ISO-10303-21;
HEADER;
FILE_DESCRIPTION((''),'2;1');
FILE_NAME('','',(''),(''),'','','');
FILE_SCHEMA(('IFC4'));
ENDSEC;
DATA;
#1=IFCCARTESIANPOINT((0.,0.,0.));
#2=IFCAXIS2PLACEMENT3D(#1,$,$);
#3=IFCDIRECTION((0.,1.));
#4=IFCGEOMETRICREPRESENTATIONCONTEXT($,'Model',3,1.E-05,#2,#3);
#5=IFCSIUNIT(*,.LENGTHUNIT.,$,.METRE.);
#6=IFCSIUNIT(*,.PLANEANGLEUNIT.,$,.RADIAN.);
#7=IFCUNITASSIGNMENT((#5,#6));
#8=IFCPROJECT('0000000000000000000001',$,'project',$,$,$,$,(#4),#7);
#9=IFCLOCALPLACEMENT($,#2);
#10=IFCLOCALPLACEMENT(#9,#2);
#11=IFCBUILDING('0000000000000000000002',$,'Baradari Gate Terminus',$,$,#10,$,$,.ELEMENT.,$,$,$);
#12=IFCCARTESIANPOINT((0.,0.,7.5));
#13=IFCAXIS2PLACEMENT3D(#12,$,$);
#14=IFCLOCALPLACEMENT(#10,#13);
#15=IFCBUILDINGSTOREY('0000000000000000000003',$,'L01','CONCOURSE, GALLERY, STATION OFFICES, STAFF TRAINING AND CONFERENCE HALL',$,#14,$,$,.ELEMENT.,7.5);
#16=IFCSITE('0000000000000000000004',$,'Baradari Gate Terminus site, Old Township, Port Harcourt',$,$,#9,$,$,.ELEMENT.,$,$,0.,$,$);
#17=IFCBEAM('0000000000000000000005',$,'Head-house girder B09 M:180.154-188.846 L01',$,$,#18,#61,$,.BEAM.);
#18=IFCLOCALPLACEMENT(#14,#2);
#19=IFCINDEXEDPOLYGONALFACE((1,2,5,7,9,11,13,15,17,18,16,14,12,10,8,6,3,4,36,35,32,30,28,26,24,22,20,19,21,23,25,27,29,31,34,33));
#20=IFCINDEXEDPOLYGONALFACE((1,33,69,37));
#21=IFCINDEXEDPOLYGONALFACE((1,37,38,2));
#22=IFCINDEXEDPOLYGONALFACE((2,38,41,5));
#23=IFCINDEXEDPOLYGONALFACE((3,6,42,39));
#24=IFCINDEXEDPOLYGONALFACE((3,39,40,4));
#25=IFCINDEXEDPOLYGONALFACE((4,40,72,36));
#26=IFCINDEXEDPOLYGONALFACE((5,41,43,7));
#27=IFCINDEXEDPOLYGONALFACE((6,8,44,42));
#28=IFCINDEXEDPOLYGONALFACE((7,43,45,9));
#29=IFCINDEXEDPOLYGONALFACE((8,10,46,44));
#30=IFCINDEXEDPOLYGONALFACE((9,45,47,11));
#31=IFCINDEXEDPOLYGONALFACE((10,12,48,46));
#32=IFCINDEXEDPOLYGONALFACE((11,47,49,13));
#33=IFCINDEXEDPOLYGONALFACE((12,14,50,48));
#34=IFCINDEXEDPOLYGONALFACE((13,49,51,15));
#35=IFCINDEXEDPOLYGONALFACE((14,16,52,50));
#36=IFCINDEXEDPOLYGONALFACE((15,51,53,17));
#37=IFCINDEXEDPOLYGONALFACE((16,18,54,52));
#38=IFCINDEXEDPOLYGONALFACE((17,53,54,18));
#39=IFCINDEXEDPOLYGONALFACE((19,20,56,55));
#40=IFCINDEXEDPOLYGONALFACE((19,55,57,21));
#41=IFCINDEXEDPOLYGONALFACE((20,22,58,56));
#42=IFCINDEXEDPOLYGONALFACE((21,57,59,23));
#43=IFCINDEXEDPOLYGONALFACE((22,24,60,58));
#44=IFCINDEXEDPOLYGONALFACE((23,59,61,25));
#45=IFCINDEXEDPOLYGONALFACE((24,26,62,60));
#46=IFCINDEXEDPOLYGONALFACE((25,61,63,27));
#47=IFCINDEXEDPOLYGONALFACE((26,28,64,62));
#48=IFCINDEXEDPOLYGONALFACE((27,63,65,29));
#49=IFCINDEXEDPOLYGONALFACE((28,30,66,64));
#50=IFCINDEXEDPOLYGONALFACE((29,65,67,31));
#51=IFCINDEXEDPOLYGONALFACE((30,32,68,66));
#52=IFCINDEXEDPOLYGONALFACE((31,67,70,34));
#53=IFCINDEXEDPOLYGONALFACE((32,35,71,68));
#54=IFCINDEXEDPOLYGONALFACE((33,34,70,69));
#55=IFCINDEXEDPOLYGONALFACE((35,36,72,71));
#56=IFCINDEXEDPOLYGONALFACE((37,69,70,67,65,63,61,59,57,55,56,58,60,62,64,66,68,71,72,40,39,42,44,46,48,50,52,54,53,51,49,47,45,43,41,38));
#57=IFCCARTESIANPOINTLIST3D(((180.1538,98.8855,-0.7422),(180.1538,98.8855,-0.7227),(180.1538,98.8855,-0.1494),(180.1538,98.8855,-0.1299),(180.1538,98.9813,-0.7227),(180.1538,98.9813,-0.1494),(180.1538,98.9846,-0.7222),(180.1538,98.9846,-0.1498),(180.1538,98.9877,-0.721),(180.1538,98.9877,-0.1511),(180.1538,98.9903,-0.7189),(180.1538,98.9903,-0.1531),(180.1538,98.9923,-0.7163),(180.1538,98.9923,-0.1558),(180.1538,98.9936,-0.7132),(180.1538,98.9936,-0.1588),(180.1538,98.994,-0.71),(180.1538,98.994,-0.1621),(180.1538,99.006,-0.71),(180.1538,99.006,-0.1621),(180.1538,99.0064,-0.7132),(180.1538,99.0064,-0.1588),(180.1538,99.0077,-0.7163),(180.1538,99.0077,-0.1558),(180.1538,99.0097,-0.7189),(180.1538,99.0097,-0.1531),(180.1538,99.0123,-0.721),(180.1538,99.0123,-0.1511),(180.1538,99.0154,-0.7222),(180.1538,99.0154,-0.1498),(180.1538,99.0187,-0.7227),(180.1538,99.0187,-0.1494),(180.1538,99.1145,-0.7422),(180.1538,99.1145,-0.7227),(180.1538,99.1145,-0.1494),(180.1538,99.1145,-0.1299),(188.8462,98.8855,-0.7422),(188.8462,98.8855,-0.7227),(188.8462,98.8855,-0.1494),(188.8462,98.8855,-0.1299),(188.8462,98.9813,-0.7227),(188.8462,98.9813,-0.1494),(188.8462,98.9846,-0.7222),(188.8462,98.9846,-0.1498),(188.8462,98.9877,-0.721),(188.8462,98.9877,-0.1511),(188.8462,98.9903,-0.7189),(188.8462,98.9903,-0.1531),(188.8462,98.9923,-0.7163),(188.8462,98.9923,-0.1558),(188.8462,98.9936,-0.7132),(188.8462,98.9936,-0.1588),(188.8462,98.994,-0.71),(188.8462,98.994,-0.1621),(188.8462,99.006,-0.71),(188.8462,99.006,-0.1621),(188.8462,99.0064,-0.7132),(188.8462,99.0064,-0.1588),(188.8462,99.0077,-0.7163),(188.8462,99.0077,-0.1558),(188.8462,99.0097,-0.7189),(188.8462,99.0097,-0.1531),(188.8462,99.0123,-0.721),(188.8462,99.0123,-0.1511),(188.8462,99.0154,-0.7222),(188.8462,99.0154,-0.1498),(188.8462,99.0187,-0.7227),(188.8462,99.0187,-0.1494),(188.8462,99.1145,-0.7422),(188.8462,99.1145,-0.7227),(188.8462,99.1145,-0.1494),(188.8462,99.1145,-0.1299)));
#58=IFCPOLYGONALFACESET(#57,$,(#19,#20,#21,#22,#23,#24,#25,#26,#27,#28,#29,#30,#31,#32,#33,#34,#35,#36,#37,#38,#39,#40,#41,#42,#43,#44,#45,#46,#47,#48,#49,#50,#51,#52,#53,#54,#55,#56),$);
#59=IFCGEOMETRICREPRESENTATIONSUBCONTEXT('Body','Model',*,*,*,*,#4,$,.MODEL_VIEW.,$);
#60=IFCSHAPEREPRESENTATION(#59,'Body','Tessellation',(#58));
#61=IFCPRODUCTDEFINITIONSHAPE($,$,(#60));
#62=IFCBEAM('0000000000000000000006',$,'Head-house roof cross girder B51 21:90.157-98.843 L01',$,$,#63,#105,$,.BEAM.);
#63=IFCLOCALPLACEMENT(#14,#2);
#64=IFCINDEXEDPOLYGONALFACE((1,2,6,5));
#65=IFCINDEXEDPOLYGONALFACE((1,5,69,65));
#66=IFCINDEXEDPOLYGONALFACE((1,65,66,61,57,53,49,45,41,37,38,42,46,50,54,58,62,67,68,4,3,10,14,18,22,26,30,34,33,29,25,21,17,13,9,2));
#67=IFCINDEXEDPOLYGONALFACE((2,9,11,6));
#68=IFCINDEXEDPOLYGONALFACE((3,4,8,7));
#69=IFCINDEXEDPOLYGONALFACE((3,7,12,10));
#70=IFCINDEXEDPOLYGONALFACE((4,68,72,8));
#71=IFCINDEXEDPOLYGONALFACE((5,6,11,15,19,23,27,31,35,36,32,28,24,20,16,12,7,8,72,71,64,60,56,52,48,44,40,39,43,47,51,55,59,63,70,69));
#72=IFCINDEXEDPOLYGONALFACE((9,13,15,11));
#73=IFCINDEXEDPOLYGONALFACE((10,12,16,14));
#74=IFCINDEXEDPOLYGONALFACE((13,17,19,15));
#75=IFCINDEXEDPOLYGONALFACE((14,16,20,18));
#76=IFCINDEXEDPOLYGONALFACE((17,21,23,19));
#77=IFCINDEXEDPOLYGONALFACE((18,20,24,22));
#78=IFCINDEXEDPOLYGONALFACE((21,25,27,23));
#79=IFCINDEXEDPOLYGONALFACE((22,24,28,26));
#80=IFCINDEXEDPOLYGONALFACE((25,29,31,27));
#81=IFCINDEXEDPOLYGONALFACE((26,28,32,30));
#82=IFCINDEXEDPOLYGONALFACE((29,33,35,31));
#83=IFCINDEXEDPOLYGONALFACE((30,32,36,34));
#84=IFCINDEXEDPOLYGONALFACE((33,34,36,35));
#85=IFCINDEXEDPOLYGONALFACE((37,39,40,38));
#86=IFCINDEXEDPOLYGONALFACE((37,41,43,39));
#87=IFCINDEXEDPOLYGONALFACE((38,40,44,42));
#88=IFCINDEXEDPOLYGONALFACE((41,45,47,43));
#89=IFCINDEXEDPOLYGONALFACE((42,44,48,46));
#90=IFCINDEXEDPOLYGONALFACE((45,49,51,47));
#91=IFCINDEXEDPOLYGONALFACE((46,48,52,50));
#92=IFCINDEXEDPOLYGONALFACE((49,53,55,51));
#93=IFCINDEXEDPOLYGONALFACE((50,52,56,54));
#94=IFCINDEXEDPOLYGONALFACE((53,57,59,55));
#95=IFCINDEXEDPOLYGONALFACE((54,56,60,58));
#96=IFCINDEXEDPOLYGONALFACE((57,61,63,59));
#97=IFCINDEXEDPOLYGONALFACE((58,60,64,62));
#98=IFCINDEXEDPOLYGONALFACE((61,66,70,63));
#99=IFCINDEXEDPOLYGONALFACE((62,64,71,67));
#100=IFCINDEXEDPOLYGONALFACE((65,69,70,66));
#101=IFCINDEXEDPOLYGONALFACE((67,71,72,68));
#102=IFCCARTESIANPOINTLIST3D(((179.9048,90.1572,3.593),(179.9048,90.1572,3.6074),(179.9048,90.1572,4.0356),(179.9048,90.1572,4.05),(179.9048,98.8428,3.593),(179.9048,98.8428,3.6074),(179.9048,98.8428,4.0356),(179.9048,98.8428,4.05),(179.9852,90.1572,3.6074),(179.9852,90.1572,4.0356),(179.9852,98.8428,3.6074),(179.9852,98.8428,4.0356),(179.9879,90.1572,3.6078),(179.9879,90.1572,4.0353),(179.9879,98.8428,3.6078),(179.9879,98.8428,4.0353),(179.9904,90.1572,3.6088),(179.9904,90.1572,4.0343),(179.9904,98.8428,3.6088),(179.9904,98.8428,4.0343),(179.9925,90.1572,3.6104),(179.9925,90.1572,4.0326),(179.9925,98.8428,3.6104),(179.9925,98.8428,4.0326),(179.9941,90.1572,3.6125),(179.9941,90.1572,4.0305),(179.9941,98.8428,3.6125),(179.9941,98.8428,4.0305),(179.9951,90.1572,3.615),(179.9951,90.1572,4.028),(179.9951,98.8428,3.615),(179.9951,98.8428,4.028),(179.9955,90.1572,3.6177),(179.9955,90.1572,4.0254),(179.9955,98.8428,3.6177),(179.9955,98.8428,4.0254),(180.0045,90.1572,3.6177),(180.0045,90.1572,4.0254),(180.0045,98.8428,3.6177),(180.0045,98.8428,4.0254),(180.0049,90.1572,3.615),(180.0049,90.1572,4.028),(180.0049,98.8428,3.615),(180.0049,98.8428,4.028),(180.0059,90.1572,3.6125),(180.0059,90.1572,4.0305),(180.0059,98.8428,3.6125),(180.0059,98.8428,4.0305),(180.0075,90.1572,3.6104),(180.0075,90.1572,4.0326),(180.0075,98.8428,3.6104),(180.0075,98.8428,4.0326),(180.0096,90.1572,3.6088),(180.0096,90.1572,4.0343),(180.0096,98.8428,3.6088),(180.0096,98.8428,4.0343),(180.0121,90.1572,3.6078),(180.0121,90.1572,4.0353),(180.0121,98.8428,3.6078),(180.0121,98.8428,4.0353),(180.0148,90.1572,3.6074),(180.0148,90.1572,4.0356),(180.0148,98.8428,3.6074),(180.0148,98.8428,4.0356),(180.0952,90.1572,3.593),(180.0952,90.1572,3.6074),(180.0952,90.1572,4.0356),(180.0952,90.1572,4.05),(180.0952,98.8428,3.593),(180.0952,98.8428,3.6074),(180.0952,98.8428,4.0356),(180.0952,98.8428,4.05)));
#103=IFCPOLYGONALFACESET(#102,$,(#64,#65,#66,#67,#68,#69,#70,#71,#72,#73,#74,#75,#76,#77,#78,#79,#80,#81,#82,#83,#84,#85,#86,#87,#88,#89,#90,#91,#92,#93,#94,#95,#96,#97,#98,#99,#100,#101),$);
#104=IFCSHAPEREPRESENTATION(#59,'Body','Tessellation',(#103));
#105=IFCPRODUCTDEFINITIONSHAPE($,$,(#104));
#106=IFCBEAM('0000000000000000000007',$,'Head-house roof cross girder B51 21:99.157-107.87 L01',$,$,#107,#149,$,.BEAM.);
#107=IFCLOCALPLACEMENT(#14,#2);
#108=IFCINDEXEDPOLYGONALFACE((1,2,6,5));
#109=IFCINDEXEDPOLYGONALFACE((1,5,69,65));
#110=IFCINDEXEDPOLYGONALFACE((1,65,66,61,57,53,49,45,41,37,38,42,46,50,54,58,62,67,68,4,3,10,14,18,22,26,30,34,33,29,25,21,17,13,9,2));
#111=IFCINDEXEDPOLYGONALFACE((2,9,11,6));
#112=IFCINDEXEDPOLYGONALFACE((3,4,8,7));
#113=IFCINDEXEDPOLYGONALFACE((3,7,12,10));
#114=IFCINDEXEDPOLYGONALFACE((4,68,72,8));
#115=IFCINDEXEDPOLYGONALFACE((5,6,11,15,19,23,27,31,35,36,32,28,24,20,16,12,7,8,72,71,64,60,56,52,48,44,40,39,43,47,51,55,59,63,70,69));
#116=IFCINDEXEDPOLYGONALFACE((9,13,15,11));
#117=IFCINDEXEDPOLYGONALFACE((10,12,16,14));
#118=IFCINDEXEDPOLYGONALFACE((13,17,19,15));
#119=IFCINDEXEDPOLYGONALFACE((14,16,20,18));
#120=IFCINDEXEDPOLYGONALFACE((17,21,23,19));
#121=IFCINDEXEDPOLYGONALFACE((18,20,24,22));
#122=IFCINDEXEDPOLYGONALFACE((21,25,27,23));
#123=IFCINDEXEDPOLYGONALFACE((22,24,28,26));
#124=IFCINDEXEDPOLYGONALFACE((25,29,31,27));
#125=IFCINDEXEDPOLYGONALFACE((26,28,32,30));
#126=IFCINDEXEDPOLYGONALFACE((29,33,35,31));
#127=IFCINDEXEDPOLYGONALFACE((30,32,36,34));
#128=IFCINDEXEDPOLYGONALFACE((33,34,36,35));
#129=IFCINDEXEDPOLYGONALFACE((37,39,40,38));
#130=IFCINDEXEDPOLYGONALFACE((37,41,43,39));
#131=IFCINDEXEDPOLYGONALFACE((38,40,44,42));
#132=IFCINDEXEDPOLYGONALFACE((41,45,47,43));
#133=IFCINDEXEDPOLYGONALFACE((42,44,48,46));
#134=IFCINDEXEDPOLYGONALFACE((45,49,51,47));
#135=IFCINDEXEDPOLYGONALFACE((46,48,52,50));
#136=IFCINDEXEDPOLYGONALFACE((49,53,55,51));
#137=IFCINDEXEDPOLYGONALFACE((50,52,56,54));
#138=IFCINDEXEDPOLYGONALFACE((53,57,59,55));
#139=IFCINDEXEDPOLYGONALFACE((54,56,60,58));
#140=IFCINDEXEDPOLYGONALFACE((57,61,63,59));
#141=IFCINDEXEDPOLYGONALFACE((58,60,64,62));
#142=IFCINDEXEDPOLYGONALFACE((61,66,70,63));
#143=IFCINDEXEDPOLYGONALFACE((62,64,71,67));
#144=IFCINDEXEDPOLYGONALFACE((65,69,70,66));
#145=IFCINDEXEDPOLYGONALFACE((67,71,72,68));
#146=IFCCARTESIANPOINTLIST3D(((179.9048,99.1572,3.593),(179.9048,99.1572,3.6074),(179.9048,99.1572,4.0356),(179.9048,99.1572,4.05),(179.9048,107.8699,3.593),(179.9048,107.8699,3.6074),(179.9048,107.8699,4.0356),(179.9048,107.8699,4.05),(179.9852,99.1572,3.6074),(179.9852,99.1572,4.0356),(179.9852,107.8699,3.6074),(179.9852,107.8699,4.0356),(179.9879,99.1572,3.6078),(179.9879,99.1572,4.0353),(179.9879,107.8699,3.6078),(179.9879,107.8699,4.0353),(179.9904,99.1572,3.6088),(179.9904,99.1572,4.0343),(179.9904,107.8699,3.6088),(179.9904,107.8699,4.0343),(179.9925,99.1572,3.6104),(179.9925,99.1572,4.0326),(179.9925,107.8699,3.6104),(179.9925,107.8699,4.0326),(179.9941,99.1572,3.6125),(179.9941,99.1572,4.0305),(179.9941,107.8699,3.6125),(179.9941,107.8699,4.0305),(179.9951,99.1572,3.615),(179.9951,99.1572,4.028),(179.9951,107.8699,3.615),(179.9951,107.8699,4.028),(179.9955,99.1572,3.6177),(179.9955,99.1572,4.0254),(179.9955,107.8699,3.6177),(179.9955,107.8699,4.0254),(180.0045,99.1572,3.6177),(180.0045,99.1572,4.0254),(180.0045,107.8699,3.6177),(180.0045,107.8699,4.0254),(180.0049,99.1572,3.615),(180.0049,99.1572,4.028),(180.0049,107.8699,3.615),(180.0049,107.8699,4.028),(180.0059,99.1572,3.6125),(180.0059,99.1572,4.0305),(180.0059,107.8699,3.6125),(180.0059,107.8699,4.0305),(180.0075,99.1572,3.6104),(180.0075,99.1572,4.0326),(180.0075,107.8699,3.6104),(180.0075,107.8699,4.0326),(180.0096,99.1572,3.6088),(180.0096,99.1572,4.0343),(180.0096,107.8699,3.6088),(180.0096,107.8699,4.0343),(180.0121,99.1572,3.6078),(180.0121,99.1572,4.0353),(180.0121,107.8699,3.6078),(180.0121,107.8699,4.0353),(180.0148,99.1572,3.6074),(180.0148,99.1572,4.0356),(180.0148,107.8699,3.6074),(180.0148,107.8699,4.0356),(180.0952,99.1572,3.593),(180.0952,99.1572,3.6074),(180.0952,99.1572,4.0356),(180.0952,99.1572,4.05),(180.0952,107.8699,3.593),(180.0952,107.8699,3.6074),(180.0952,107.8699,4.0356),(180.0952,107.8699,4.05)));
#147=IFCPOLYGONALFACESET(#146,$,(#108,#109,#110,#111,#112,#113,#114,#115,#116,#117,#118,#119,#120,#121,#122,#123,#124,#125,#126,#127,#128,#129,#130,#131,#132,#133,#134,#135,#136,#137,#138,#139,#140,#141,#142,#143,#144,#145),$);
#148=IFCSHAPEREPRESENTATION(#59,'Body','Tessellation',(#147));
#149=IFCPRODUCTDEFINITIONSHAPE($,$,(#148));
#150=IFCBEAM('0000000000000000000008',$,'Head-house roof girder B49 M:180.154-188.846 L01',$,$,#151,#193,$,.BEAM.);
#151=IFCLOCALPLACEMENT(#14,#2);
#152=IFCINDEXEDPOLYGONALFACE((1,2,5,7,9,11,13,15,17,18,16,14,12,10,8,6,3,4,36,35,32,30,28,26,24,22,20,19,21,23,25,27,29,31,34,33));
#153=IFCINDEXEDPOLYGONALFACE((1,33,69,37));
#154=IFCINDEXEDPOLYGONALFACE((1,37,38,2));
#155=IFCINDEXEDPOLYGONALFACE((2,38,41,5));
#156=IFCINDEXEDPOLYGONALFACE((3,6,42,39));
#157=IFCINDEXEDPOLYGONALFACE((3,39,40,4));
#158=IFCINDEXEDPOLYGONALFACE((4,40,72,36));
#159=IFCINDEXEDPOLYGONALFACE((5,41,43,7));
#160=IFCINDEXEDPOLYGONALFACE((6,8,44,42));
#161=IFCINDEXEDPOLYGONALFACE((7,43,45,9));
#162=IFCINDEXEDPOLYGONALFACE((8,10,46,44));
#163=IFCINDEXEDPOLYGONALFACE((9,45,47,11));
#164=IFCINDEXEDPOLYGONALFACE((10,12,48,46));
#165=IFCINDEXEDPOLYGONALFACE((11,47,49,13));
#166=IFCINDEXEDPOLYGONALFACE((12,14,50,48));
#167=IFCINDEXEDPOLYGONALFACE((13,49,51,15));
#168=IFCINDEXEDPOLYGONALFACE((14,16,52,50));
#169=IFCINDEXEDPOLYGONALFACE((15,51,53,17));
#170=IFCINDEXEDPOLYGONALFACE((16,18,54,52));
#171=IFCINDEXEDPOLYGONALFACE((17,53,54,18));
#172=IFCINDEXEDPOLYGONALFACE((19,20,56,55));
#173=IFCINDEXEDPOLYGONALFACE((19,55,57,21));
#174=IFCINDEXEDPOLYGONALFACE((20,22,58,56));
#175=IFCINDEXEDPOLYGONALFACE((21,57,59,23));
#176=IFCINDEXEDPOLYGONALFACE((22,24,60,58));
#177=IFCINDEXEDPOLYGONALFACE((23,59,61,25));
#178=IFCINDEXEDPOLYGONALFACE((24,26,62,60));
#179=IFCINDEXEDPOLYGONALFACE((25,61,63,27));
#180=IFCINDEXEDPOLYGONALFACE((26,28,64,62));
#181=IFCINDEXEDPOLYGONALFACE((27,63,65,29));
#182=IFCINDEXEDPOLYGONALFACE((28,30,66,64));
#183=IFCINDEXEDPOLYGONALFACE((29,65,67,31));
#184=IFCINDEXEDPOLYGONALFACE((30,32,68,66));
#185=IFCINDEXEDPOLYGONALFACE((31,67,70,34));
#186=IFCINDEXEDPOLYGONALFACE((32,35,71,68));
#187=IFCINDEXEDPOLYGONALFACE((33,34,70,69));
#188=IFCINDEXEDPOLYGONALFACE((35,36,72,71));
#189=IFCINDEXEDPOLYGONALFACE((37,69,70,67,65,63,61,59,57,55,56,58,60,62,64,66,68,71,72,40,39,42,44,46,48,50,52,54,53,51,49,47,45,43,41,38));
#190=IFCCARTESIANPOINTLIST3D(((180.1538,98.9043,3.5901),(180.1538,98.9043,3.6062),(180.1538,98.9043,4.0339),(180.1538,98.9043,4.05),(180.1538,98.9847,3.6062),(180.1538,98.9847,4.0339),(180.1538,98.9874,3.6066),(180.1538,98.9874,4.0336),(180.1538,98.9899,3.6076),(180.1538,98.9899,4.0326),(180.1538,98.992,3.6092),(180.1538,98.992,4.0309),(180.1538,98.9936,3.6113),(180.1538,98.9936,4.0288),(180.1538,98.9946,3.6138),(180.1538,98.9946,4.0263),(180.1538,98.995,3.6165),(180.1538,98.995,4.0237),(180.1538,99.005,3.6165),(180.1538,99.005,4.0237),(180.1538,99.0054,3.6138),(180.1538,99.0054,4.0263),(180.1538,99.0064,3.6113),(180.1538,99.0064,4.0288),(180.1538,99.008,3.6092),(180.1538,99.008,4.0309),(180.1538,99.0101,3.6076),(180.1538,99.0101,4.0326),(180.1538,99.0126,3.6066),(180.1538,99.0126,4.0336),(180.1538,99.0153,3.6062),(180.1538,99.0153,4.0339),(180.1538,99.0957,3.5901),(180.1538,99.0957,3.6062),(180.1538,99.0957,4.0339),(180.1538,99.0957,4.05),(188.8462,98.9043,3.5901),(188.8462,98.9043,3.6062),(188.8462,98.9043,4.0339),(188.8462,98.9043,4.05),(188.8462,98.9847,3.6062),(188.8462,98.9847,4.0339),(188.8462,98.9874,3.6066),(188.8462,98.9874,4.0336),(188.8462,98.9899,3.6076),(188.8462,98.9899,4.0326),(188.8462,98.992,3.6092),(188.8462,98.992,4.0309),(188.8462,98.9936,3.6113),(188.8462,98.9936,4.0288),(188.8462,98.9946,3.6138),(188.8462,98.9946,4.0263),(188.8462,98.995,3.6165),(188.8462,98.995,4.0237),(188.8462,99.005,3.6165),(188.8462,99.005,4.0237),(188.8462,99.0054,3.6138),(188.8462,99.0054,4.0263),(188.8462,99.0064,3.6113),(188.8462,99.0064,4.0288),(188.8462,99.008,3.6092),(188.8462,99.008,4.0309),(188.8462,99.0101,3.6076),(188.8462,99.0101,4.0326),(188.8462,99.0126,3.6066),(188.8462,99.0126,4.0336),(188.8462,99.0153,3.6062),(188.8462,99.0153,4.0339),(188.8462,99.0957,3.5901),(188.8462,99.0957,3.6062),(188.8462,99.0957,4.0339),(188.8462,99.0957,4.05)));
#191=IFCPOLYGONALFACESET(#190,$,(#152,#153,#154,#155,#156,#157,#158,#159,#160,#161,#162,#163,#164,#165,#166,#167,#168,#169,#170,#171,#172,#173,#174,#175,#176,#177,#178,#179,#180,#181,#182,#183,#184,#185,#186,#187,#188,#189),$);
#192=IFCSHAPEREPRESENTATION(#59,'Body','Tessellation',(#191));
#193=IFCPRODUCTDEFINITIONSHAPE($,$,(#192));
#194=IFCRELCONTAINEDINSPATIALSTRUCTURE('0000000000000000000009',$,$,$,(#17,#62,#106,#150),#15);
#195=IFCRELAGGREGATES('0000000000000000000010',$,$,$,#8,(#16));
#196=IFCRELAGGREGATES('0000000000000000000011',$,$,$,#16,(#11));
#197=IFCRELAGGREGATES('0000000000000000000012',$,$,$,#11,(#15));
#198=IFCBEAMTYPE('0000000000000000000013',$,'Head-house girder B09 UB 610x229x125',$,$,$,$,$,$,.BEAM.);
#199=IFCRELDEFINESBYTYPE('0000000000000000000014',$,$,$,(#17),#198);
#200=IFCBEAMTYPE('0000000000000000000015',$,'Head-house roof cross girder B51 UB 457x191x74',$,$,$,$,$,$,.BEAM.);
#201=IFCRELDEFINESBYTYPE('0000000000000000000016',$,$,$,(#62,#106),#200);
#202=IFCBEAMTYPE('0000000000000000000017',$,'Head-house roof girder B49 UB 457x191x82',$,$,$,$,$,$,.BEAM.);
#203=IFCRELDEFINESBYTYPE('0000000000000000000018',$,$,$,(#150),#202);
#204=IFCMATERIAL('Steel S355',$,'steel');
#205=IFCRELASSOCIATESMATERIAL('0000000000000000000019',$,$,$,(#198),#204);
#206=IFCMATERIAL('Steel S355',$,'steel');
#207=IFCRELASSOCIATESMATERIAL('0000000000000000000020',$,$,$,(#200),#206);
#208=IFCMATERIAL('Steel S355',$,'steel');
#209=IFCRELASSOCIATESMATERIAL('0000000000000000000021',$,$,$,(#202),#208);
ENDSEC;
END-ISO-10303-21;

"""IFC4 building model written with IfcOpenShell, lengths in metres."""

from ifc_helpers import new_model, si_unit, direction, frame, origin, origin_2d, place, context, subcontext, project, spatial, i_section, extrude, material, material_profile, profile_set, type_object, element, save


model = new_model("IFC4")

# Units and contexts
model_context = context("Model", 3, precision=1e-05, world=origin(), true_north=direction((0.0, 1.0)))
body_context = subcontext(model_context, "Body", "Model", "MODEL_VIEW")
ifc_project = project(units=[si_unit("LENGTHUNIT", "METRE"), si_unit("PLANEANGLEUNIT", "RADIAN")], contexts=[model_context])

# Site, building, storey
site_placement = place(None, origin())
site = spatial("IfcSite", under=ifc_project, at=site_placement, Name="Baradari Gate Terminus site, Old Township, Port Harcourt", CompositionType="ELEMENT", RefElevation=0.0)
building_placement = place(site_placement, origin())
building = spatial("IfcBuilding", under=site, at=building_placement, Name="Baradari Gate Terminus", CompositionType="ELEMENT")
storey_placement = place(building_placement, frame((0.0, 0.0, 7.5)))
storey = spatial("IfcBuildingStorey", under=building, at=storey_placement, Name="L01", Description="CONCOURSE, GALLERY, STATION OFFICES, STAFF TRAINING AND CONFERENCE HALL", CompositionType="ELEMENT", Elevation=7.5)

# Beams
ifc_material_1 = material(Name="Steel S355", Category="steel")
ifc_material_profile_1 = material_profile(ifc_material_1, i_section(OverallWidth=0.229, OverallDepth=0.6123, WebThickness=0.012, FlangeThickness=0.0195, FilletRadius=0.0127, at=origin_2d()), Name="UB 610x229x125")
ifc_profile_set_1 = profile_set([ifc_material_profile_1], Name="Steel S355")
beam_type_1 = type_object("IfcBeamType", Name="Head-house girder B09 UB 610x229x125", PredefinedType="BEAM", material=ifc_profile_set_1)
beam_1_placement = place(storey_placement, frame((180.1538, 99.0, -0.436), z_axis=(1.0, 0.0, 0.0), x_axis=(0.0, 1.0, 0.0)))
element("IfcBeam", 1, at=beam_1_placement, inside=storey, type_object=beam_type_1, Name="Head-house girder B09 M:180.154-188.846 L01", PredefinedType="BEAM", context=body_context, shape_type="SweptSolid", body=[
    extrude(i_section(OverallWidth=0.229, OverallDepth=0.6123, WebThickness=0.012, FlangeThickness=0.0195, FilletRadius=0.0127, at=origin_2d()), origin(), (0.0, 0.0, 1.0), 8.6924),
])
ifc_material_2 = material(Name="Steel S355", Category="steel")
ifc_material_profile_2 = material_profile(ifc_material_2, i_section(OverallWidth=0.1904, OverallDepth=0.457, WebThickness=0.009, FlangeThickness=0.0144, FilletRadius=0.0103, at=origin_2d()), Name="UB 457x191x74")
ifc_profile_set_2 = profile_set([ifc_material_profile_2], Name="Steel S355")
beam_type_2 = type_object("IfcBeamType", Name="Head-house roof cross girder B51 UB 457x191x74", PredefinedType="BEAM", material=ifc_profile_set_2)
beam_2_placement = place(storey_placement, frame((180.0, 90.1572, 3.8215), z_axis=(0.0, 1.0, 0.0), x_axis=(-1.0, 0.0, 0.0)))
element("IfcBeam", 2, at=beam_2_placement, inside=storey, type_object=beam_type_2, Name="Head-house roof cross girder B51 21:90.157-98.843 L01", PredefinedType="BEAM", context=body_context, shape_type="SweptSolid", body=[
    extrude(i_section(OverallWidth=0.1904, OverallDepth=0.457, WebThickness=0.009, FlangeThickness=0.0144, FilletRadius=0.0103, at=origin_2d()), origin(), (0.0, 0.0, 1.0), 8.6855),
])
beam_3_placement = place(storey_placement, frame((180.0, 99.1572, 3.8215), z_axis=(0.0, 1.0, 0.0), x_axis=(-1.0, 0.0, 0.0)))
element("IfcBeam", 3, at=beam_3_placement, inside=storey, type_object=beam_type_2, Name="Head-house roof cross girder B51 21:99.157-107.87 L01", PredefinedType="BEAM", context=body_context, shape_type="SweptSolid", body=[
    extrude(i_section(OverallWidth=0.1904, OverallDepth=0.457, WebThickness=0.009, FlangeThickness=0.0144, FilletRadius=0.0103, at=origin_2d()), origin(), (0.0, 0.0, 1.0), 8.7126),
])
ifc_material_3 = material(Name="Steel S355", Category="steel")
ifc_material_profile_3 = material_profile(ifc_material_3, i_section(OverallWidth=0.1914, OverallDepth=0.46, WebThickness=0.01, FlangeThickness=0.0161, FilletRadius=0.0103, at=origin_2d()), Name="UB 457x191x82")
ifc_profile_set_3 = profile_set([ifc_material_profile_3], Name="Steel S355")
beam_type_3 = type_object("IfcBeamType", Name="Head-house roof girder B49 UB 457x191x82", PredefinedType="BEAM", material=ifc_profile_set_3)
beam_4_placement = place(storey_placement, frame((180.1538, 99.0, 3.8201), z_axis=(1.0, 0.0, 0.0), x_axis=(0.0, 1.0, 0.0)))
element("IfcBeam", 4, at=beam_4_placement, inside=storey, type_object=beam_type_3, Name="Head-house roof girder B49 M:180.154-188.846 L01", PredefinedType="BEAM", context=body_context, shape_type="SweptSolid", body=[
    extrude(i_section(OverallWidth=0.1914, OverallDepth=0.46, WebThickness=0.01, FlangeThickness=0.0161, FilletRadius=0.0103, at=origin_2d()), origin(), (0.0, 0.0, 1.0), 8.6924),
])

save(model, "model.ifc")
